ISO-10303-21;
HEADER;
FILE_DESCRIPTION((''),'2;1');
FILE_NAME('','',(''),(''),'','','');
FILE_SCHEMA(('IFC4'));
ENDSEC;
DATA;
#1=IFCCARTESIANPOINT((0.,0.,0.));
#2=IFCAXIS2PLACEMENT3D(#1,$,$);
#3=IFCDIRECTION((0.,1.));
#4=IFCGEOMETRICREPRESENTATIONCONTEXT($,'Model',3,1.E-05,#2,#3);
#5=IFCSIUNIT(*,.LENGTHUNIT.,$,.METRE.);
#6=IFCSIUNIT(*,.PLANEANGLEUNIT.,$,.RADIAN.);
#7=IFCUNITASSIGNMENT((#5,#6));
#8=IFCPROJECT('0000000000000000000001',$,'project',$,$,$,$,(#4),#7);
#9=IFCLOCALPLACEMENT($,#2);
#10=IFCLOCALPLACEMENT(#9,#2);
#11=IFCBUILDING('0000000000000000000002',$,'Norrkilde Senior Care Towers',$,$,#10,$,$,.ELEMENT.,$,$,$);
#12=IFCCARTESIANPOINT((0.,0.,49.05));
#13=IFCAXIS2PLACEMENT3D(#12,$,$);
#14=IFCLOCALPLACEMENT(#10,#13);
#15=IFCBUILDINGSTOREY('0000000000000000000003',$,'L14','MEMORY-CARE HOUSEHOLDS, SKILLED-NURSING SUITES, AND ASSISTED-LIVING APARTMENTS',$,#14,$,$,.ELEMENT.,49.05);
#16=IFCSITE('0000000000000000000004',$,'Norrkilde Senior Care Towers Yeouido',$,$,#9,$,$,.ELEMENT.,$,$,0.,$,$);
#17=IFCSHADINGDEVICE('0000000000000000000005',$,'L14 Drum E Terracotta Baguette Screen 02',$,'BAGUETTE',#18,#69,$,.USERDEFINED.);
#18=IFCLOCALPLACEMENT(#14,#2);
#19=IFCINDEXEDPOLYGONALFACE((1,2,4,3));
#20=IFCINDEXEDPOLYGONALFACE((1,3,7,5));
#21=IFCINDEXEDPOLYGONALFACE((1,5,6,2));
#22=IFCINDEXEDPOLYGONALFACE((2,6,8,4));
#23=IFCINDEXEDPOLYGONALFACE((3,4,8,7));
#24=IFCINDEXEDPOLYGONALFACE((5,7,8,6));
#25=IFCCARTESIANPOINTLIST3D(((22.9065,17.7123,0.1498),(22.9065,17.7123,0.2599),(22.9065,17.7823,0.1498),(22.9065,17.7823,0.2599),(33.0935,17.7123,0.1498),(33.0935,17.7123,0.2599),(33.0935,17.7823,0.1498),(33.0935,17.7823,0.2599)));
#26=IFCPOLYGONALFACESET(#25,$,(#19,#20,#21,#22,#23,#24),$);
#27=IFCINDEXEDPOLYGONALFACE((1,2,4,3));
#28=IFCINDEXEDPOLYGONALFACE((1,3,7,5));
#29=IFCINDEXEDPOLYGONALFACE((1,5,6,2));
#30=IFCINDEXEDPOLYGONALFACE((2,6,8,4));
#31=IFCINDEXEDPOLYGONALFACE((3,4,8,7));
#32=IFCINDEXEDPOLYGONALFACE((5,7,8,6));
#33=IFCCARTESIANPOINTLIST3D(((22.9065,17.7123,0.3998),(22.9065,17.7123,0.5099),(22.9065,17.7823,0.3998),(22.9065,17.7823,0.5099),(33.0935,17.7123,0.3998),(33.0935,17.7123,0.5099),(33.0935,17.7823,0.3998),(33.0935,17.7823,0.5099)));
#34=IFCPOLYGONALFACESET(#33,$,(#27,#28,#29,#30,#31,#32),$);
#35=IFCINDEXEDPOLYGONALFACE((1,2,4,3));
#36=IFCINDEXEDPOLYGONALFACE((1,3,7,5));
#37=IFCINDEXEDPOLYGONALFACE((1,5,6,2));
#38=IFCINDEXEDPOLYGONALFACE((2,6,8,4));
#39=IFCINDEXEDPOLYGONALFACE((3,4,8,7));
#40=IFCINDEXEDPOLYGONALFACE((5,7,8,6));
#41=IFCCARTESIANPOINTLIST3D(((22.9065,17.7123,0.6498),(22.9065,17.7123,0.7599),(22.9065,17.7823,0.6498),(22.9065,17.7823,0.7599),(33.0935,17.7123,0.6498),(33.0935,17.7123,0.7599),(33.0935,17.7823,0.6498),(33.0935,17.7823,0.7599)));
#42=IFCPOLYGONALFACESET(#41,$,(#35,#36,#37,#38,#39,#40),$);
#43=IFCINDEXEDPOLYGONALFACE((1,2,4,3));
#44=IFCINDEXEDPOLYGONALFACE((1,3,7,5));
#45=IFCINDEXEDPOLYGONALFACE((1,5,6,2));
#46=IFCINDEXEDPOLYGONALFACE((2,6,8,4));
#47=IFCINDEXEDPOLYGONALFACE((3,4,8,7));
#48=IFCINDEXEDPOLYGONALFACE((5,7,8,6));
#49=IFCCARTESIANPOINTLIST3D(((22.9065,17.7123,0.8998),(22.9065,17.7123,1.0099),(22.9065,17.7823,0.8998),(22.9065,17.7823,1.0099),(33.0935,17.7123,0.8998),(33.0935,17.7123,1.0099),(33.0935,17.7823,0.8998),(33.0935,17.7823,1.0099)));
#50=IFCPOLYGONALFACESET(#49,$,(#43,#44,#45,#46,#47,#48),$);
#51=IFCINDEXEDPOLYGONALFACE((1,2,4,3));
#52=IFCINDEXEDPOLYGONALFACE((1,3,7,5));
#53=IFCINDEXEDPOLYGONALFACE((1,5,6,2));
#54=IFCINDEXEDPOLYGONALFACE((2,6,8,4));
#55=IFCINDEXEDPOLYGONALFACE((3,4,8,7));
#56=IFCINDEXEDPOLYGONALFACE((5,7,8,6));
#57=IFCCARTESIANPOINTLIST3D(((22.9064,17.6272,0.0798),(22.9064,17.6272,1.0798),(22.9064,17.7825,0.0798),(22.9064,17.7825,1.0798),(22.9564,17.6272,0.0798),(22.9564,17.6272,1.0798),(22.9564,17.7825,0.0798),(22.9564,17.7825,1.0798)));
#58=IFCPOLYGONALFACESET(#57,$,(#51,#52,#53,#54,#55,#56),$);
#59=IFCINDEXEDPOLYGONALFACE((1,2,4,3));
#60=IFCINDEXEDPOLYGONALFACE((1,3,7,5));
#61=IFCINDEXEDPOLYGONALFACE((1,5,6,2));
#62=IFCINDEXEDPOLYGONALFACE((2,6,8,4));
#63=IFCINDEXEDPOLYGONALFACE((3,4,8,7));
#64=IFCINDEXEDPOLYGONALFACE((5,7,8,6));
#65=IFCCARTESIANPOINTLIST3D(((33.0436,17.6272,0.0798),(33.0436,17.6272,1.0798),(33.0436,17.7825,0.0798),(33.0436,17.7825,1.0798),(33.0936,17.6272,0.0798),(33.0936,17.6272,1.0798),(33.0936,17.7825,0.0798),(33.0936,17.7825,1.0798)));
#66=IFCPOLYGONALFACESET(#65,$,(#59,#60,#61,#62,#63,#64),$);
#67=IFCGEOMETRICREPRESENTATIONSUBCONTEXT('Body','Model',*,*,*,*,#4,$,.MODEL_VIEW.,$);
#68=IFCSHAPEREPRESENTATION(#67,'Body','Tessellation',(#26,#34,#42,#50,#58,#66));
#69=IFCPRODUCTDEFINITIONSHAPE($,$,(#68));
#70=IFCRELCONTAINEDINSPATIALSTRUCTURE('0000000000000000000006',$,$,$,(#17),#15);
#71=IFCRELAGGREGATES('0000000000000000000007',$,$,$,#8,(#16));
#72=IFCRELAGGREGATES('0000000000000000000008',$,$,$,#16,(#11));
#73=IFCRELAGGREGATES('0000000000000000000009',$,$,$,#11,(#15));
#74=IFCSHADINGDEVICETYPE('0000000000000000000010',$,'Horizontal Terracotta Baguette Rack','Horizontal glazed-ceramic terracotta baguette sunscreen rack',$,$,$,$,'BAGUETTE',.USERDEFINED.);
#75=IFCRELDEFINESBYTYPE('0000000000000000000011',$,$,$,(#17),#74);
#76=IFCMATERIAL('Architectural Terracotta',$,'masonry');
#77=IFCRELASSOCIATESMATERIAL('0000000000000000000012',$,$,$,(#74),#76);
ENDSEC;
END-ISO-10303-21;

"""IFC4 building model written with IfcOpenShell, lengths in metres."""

from ifc_helpers import new_model, si_unit, direction, frame, origin, origin_2d, place, context, subcontext, project, spatial, rectangle, extrude, source, transform, mapped, material, type_object, type_shapes, element, save


model = new_model("IFC4")

# Units and contexts
model_context = context("Model", 3, precision=1e-05, world=origin(), true_north=direction((0.0, 1.0)))
body_context = subcontext(model_context, "Body", "Model", "MODEL_VIEW")
ifc_project = project(units=[si_unit("LENGTHUNIT", "METRE"), si_unit("PLANEANGLEUNIT", "RADIAN")], contexts=[model_context])

# Site, building, storey
site_placement = place(None, origin())
site = spatial("IfcSite", under=ifc_project, at=site_placement, Name="Norrkilde Senior Care Towers Yeouido", CompositionType="ELEMENT", RefElevation=0.0)
building_placement = place(site_placement, origin())
building = spatial("IfcBuilding", under=site, at=building_placement, Name="Norrkilde Senior Care Towers", CompositionType="ELEMENT")
storey_placement = place(building_placement, frame((0.0, 0.0, 49.05)))
storey = spatial("IfcBuildingStorey", under=building, at=storey_placement, Name="L14", Description="MEMORY-CARE HOUSEHOLDS, SKILLED-NURSING SUITES, AND ASSISTED-LIVING APARTMENTS", CompositionType="ELEMENT", Elevation=49.05)

# Shading device
ifc_material_1 = material(Name="Architectural Terracotta", Category="masonry")
shading_device_type = type_object("IfcShadingDeviceType", Name="Horizontal Terracotta Baguette Rack", Description="Horizontal glazed-ceramic terracotta baguette sunscreen rack", ElementType="BAGUETTE", PredefinedType="USERDEFINED", material=ifc_material_1)
shared_shape_1 = source(origin(), body_context, "Body", "SweptSolid", [
    extrude(rectangle(XDim=0.0701, YDim=0.1101, at=origin_2d()), frame((0.0, 0.0901, 0.125), z_axis=(1.0, 0.0, 0.0), x_axis=(0.0, 1.0, 0.0)), (0.0, 0.0, 1.0), 10.187),
    extrude(rectangle(XDim=0.0701, YDim=0.1101, at=origin_2d()), frame((0.0, 0.0901, 0.375), z_axis=(1.0, 0.0, 0.0), x_axis=(0.0, 1.0, 0.0)), (0.0, 0.0, 1.0), 10.187),
    extrude(rectangle(XDim=0.0701, YDim=0.1101, at=origin_2d()), frame((0.0, 0.0901, 0.625), z_axis=(1.0, 0.0, 0.0), x_axis=(0.0, 1.0, 0.0)), (0.0, 0.0, 1.0), 10.187),
    extrude(rectangle(XDim=0.0701, YDim=0.1101, at=origin_2d()), frame((0.0, 0.0901, 0.875), z_axis=(1.0, 0.0, 0.0), x_axis=(0.0, 1.0, 0.0)), (0.0, 0.0, 1.0), 10.187),
    extrude(rectangle(XDim=0.05, YDim=0.1553, at=origin_2d()), frame((0.0249, 0.0476, 0.0)), (0.0, 0.0, 1.0), 1.0),
    extrude(rectangle(XDim=0.05, YDim=0.1553, at=origin_2d()), frame((10.1621, 0.0476, 0.0)), (0.0, 0.0, 1.0), 1.0),
])
type_shapes(shading_device_type, [shared_shape_1])
shading_device_placement = place(storey_placement, frame((22.9065, 17.6572, 0.0798), z_axis=(0.0, 0.0, 1.0), x_axis=(1.0, 0.0, 0.0)))
element("IfcShadingDevice", 1, at=shading_device_placement, inside=storey, type_object=shading_device_type, Name="L14 Drum E Terracotta Baguette Screen 02", ObjectType="BAGUETTE", PredefinedType="USERDEFINED", context=body_context, shape_type="MappedRepresentation", body=[
    mapped(shared_shape_1, transform((0.0, 0.0, 0.0), x_axis=(1.0, 0.0, 0.0), y_axis=(0.0, 1.0, 0.0), z_axis=(0.0, 0.0, 1.0), scale=1.0)),
])

save(model, "model.ifc")
